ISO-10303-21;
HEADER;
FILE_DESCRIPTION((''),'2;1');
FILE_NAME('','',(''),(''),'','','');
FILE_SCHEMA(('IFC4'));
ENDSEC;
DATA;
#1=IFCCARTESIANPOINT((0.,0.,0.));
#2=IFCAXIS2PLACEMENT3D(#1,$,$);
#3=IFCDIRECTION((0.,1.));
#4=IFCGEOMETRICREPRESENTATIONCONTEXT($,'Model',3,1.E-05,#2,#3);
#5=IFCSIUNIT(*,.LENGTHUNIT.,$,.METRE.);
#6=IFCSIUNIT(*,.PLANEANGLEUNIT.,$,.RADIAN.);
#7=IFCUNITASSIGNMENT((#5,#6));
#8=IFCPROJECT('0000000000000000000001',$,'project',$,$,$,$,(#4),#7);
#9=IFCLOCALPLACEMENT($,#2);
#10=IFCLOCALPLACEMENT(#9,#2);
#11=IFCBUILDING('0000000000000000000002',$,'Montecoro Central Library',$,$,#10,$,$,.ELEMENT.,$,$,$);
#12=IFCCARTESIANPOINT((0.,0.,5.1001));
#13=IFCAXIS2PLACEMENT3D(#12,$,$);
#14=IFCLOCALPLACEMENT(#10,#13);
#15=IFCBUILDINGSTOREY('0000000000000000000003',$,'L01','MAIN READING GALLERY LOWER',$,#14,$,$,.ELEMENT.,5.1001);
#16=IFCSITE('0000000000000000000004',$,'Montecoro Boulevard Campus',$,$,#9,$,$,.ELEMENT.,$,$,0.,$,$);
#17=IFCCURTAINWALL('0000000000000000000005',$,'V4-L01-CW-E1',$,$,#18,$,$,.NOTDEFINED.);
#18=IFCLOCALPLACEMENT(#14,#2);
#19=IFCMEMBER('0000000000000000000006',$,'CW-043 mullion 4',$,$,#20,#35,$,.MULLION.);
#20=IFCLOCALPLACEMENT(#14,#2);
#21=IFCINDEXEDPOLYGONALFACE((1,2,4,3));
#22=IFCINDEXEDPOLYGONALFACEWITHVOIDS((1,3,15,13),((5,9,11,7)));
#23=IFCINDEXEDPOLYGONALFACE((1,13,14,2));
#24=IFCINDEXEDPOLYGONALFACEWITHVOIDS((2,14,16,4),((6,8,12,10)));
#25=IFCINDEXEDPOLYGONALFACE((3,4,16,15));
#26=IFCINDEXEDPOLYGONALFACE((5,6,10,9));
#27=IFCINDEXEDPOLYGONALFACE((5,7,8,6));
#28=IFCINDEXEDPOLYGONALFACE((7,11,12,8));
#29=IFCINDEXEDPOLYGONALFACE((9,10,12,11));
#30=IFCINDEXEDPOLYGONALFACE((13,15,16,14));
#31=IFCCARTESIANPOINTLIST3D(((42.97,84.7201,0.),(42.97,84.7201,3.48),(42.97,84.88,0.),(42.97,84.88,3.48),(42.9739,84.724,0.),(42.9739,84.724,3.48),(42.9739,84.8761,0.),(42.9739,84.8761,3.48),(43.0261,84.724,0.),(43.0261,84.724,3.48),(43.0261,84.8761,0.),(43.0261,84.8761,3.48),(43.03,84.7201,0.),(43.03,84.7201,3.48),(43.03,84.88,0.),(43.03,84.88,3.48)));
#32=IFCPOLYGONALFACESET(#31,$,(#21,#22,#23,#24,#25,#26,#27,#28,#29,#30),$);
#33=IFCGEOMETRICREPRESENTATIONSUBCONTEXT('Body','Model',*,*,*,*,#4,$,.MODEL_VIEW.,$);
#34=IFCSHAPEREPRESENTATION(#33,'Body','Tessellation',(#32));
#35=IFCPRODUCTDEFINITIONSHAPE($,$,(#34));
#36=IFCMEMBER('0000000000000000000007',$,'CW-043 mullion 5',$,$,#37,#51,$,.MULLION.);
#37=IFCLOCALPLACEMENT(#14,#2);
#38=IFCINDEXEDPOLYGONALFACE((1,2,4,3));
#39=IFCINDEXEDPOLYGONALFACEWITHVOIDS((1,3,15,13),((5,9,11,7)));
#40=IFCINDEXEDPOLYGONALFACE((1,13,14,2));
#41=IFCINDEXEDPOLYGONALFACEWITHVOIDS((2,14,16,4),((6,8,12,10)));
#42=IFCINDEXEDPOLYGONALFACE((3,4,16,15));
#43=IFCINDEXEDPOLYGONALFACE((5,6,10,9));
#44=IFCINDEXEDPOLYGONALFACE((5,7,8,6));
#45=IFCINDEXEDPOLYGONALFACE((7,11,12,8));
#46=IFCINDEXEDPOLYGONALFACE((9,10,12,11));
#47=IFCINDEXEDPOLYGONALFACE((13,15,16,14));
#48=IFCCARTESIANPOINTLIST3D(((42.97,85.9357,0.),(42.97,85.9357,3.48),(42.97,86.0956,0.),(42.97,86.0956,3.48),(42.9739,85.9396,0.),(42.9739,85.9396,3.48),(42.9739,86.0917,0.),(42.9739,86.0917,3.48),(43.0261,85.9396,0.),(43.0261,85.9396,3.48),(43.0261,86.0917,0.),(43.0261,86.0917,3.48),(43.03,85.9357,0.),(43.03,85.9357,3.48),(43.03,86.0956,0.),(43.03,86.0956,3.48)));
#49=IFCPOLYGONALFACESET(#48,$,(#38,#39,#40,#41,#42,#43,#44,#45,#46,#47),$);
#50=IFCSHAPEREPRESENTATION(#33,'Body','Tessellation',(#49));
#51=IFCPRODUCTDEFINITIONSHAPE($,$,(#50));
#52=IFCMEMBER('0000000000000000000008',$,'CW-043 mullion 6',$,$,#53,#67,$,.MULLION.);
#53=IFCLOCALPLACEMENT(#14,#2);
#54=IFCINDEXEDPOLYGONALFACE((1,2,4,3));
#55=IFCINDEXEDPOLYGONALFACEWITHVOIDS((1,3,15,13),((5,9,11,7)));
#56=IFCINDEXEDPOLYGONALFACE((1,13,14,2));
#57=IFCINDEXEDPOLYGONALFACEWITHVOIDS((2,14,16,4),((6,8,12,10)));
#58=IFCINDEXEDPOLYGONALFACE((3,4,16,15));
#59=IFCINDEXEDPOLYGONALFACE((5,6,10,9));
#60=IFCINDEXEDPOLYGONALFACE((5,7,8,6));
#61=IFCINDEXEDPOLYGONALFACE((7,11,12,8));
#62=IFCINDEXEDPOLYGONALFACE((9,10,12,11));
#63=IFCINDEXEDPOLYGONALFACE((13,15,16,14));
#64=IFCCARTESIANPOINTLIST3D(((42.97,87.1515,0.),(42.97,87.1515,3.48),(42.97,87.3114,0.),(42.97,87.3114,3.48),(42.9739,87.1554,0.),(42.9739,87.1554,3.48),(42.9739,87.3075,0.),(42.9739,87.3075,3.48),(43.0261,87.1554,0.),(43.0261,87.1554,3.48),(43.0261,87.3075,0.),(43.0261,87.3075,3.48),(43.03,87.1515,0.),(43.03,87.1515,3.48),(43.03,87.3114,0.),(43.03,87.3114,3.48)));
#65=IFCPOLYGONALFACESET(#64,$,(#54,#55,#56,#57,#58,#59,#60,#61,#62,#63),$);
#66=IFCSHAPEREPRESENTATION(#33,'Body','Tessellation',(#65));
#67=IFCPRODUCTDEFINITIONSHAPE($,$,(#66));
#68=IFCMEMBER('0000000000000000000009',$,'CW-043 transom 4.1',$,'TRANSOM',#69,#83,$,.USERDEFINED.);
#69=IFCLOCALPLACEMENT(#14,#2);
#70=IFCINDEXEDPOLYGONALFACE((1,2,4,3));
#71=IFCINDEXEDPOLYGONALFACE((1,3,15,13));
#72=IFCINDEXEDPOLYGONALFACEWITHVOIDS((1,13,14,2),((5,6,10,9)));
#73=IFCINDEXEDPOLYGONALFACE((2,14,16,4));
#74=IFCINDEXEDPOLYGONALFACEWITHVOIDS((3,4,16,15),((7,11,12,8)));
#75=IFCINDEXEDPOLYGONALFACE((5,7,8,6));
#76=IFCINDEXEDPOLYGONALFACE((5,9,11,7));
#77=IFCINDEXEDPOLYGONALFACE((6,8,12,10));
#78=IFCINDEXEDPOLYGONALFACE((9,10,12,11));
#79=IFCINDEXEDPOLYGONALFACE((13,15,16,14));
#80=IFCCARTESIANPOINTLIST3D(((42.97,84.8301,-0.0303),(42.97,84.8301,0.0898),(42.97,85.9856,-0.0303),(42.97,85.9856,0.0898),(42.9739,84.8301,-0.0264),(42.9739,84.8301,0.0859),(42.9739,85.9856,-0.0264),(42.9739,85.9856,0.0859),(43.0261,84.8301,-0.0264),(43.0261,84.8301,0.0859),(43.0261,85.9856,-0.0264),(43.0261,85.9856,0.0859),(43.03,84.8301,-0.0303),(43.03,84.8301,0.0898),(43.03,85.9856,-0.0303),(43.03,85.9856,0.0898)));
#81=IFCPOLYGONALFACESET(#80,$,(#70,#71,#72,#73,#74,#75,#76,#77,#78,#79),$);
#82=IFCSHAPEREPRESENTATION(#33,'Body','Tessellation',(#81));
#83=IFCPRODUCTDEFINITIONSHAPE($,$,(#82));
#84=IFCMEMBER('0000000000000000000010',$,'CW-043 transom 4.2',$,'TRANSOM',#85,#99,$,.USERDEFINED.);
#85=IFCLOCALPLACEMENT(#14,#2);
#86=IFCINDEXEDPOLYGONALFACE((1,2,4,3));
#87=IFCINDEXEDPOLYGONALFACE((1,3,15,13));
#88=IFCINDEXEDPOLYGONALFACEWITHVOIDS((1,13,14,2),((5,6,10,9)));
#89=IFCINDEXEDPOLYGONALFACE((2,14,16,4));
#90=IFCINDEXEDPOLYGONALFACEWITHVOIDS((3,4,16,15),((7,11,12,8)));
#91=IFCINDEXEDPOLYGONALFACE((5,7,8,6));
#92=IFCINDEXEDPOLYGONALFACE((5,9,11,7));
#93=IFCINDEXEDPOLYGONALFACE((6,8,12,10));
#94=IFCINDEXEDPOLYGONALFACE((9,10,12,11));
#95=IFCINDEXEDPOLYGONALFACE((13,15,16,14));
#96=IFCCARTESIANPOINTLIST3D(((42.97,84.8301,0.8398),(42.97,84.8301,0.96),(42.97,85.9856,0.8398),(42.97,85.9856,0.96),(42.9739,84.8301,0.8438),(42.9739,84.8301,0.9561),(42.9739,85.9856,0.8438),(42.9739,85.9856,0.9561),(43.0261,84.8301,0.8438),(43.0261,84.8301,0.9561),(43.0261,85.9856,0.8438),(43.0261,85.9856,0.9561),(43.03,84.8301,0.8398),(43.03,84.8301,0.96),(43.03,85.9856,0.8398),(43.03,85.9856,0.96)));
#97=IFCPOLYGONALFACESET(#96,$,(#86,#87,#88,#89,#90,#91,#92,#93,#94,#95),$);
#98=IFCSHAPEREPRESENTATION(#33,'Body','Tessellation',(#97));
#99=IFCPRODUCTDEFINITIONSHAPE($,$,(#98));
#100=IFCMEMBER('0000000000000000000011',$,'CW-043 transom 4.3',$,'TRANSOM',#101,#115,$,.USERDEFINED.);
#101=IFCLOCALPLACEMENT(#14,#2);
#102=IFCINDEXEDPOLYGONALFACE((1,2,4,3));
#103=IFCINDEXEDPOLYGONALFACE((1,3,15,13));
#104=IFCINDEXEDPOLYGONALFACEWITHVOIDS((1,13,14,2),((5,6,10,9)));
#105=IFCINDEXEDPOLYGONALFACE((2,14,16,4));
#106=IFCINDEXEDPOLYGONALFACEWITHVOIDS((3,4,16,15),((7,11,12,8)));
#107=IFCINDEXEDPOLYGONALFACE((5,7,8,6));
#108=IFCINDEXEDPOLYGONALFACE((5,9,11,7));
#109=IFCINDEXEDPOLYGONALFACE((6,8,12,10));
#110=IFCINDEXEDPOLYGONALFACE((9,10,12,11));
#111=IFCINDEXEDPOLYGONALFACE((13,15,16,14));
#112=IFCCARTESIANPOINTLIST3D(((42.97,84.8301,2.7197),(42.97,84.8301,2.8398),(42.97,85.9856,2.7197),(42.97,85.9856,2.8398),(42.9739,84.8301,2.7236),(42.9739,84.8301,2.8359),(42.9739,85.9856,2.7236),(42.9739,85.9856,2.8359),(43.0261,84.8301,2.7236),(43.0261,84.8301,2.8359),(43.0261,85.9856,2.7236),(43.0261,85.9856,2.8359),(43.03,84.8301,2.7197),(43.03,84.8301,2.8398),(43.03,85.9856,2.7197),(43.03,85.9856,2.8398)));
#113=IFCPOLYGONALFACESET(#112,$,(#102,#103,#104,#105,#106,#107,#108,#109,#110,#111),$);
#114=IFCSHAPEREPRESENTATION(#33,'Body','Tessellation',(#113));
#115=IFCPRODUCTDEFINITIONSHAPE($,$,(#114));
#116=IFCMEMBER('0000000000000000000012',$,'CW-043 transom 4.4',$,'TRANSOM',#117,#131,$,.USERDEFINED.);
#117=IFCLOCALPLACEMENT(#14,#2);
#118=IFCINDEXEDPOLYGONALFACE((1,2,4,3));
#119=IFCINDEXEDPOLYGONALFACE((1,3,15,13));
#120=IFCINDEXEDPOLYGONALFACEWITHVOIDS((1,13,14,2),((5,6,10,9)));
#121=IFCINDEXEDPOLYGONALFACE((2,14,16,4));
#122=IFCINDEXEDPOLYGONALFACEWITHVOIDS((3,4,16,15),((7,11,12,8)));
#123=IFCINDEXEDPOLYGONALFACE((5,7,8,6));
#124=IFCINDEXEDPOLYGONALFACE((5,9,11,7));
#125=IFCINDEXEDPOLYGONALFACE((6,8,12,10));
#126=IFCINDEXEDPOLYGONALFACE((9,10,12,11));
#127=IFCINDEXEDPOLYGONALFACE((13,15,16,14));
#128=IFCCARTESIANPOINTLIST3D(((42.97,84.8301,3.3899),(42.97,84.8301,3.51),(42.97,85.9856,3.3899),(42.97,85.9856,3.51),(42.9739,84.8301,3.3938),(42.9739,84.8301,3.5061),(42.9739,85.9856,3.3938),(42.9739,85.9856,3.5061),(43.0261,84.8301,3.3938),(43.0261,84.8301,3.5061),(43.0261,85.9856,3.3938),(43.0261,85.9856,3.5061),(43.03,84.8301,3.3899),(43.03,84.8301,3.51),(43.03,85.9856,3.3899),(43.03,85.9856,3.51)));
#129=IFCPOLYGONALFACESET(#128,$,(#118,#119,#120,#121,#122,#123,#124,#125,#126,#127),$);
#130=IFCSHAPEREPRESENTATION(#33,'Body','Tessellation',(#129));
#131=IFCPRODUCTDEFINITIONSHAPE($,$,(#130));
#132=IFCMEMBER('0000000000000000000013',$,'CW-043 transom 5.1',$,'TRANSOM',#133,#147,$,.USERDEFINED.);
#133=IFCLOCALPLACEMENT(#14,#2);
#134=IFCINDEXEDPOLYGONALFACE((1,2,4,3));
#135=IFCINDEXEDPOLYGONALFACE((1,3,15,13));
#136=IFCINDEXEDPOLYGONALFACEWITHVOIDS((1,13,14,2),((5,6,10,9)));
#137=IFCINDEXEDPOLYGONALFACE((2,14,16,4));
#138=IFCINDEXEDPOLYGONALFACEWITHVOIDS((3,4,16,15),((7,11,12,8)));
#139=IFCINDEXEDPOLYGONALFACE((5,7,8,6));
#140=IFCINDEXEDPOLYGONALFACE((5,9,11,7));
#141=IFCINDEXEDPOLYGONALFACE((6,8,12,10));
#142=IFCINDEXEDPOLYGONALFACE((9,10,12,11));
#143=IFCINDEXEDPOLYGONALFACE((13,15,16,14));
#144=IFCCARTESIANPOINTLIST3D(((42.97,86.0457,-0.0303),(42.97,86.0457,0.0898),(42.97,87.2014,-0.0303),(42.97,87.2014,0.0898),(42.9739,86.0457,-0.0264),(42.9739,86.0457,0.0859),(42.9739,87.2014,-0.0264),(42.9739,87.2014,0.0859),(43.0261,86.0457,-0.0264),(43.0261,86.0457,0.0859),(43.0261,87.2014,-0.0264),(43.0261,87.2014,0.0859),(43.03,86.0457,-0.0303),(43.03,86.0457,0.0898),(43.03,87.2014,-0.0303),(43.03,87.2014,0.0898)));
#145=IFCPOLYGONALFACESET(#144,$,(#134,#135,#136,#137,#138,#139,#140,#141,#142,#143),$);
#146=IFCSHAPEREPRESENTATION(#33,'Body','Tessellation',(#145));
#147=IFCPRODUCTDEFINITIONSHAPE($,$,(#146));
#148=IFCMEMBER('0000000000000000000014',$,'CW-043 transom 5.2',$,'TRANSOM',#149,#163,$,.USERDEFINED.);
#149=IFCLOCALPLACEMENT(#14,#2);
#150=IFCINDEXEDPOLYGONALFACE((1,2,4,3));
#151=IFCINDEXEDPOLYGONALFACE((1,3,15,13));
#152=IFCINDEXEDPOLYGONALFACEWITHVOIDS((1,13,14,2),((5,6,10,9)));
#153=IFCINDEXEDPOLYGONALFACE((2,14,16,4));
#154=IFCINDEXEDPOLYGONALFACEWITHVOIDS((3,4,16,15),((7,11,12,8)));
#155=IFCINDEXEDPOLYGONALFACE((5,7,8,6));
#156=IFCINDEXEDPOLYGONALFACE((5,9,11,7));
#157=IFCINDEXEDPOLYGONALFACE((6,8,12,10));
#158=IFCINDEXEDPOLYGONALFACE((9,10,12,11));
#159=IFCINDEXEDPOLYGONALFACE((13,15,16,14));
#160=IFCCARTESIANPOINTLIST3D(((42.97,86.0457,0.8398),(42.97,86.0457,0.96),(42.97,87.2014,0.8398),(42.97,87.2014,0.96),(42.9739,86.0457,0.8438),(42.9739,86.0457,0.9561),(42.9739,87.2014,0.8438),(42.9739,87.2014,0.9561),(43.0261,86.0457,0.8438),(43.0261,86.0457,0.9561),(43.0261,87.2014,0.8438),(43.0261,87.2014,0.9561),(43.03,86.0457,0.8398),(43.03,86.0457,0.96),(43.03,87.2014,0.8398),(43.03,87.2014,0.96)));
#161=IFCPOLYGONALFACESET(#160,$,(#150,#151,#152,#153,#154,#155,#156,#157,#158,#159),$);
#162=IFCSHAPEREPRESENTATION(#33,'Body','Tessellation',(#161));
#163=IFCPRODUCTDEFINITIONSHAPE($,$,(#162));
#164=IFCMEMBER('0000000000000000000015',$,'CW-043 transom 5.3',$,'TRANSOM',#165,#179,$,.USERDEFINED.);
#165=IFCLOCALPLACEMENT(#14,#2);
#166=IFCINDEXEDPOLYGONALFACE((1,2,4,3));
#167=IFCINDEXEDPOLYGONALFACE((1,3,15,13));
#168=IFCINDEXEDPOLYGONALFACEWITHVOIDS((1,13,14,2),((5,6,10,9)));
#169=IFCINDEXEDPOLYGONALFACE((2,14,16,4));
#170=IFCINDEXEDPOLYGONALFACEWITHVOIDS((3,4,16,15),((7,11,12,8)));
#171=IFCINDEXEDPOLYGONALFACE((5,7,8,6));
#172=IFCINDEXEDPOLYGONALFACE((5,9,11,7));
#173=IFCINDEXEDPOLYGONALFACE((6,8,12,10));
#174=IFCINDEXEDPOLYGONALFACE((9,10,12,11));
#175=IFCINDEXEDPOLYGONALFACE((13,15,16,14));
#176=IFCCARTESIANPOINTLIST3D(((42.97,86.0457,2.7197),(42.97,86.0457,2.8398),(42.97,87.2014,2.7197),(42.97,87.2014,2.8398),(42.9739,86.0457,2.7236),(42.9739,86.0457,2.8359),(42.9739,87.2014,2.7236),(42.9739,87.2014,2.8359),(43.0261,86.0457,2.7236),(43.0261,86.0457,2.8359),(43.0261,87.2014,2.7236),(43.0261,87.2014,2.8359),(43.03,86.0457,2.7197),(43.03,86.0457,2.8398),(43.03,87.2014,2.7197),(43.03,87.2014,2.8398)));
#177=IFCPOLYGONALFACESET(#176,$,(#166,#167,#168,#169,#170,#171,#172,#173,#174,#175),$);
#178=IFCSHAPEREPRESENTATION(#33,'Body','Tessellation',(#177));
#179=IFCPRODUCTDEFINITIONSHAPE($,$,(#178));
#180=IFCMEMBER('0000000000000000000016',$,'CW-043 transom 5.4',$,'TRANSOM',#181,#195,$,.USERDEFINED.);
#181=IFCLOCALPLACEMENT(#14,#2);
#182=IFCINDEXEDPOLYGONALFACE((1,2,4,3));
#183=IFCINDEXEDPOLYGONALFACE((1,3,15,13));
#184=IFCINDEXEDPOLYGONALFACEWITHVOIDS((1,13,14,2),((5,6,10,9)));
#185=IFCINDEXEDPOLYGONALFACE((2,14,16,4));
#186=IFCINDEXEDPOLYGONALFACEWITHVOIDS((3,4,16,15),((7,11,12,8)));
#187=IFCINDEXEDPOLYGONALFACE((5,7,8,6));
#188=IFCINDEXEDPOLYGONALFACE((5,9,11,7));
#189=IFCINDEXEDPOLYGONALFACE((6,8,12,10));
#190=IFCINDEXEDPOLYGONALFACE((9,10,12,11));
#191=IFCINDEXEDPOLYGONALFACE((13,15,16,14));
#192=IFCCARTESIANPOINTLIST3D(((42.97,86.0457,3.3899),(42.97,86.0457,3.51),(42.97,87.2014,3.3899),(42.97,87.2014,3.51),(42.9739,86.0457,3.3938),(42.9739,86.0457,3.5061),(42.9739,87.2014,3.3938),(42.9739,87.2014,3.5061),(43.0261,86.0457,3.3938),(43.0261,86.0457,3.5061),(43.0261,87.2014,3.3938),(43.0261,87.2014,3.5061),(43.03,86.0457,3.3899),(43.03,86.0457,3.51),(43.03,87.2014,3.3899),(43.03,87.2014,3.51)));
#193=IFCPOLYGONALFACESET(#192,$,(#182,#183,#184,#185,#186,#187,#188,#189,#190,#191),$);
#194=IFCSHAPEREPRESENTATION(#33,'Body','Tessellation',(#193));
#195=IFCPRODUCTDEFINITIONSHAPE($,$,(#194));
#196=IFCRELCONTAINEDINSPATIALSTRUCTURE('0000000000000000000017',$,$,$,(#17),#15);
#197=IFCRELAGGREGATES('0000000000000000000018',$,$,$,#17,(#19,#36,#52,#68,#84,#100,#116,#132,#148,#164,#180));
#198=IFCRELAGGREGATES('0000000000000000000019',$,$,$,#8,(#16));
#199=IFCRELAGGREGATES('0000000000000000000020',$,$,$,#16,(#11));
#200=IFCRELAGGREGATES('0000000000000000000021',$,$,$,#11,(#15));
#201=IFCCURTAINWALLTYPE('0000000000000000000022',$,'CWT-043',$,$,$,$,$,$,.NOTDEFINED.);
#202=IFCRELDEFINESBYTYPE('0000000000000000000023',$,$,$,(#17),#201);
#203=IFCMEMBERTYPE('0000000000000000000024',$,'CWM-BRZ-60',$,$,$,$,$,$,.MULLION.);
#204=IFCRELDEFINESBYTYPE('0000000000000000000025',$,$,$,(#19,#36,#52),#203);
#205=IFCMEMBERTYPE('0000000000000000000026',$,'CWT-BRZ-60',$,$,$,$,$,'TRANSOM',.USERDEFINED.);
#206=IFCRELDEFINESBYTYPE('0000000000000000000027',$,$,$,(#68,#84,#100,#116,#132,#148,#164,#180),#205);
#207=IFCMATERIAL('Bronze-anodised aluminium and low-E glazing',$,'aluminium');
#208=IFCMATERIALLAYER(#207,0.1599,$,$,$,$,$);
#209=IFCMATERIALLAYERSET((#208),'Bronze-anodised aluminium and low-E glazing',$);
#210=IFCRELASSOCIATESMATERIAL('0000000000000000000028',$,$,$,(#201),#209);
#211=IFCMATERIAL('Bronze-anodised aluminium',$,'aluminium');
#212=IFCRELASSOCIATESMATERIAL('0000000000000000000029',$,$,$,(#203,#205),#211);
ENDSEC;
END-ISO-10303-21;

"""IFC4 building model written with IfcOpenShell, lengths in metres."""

from ifc_helpers import new_model, si_unit, direction, frame, origin, origin_2d, place, context, subcontext, project, spatial, hollow_rectangle, extrude, material, layer, layer_set, material_profile, profile_set, type_object, element, aggregate, save


model = new_model("IFC4")

# Units and contexts
model_context = context("Model", 3, precision=1e-05, world=origin(), true_north=direction((0.0, 1.0)))
body_context = subcontext(model_context, "Body", "Model", "MODEL_VIEW")
ifc_project = project(units=[si_unit("LENGTHUNIT", "METRE"), si_unit("PLANEANGLEUNIT", "RADIAN")], contexts=[model_context])

# Site, building, storey
site_placement = place(None, origin())
site = spatial("IfcSite", under=ifc_project, at=site_placement, Name="Montecoro Boulevard Campus", CompositionType="ELEMENT", RefElevation=0.0)
building_placement = place(site_placement, origin())
building = spatial("IfcBuilding", under=site, at=building_placement, Name="Montecoro Central Library", CompositionType="ELEMENT")
storey_placement = place(building_placement, frame((0.0, 0.0, 5.1001)))
storey = spatial("IfcBuildingStorey", under=building, at=storey_placement, Name="L01", Description="MAIN READING GALLERY LOWER", CompositionType="ELEMENT", Elevation=5.1001)

# Curtain wall, members
ifc_material_1 = material(Name="Bronze-anodised aluminium and low-E glazing", Category="aluminium")
ifc_layer_1 = layer(ifc_material_1, 0.1599)
ifc_layer_set_1 = layer_set([ifc_layer_1], Name="Bronze-anodised aluminium and low-E glazing")
curtain_wall_type = type_object("IfcCurtainWallType", Name="CWT-043", PredefinedType="NOTDEFINED", material=ifc_layer_set_1)
curtain_wall_placement = place(storey_placement, origin())
curtain_wall = element("IfcCurtainWall", 1, at=curtain_wall_placement, inside=storey, type_object=curtain_wall_type, Name="V4-L01-CW-E1", PredefinedType="NOTDEFINED")
ifc_material_2 = material(Name="Bronze-anodised aluminium", Category="aluminium")
ifc_material_profile_1 = material_profile(ifc_material_2, hollow_rectangle(XDim=0.0601, YDim=0.1599, WallThickness=0.0039, at=origin_2d()), Name="CWM 160x60x4.0")
ifc_profile_set_1 = profile_set([ifc_material_profile_1], Name="Bronze-anodised aluminium")
member_type_1 = type_object("IfcMemberType", Name="CWM-BRZ-60", PredefinedType="MULLION", material=ifc_profile_set_1)
member_1_placement = place(storey_placement, frame((43.0, 84.8, 0.0), z_axis=(0.0, 0.0, 1.0), x_axis=(-1.0, 0.0, 0.0)))
member_1 = element("IfcMember", 2, at=member_1_placement, type_object=member_type_1, Name="CW-043 mullion 4", PredefinedType="MULLION", context=body_context, shape_type="SweptSolid", body=[
    extrude(hollow_rectangle(XDim=0.0601, YDim=0.1599, WallThickness=0.0039, at=origin_2d()), origin(), (0.0, 0.0, 1.0), 3.48),
])
member_2_placement = place(storey_placement, frame((43.0, 86.0156, 0.0), z_axis=(0.0, 0.0, 1.0), x_axis=(-1.0, 0.0, 0.0)))
member_2 = element("IfcMember", 3, at=member_2_placement, type_object=member_type_1, Name="CW-043 mullion 5", PredefinedType="MULLION", context=body_context, shape_type="SweptSolid", body=[
    extrude(hollow_rectangle(XDim=0.0601, YDim=0.1599, WallThickness=0.0039, at=origin_2d()), origin(), (0.0, 0.0, 1.0), 3.48),
])
member_3_placement = place(storey_placement, frame((43.0, 87.2314, 0.0), z_axis=(0.0, 0.0, 1.0), x_axis=(-1.0, 0.0, 0.0)))
member_3 = element("IfcMember", 4, at=member_3_placement, type_object=member_type_1, Name="CW-043 mullion 6", PredefinedType="MULLION", context=body_context, shape_type="SweptSolid", body=[
    extrude(hollow_rectangle(XDim=0.0601, YDim=0.1599, WallThickness=0.0039, at=origin_2d()), origin(), (0.0, 0.0, 1.0), 3.48),
])
ifc_material_profile_2 = material_profile(ifc_material_2, hollow_rectangle(XDim=0.0601, YDim=0.1201, WallThickness=0.0039, at=origin_2d()), Name="CWT 120x60x4.0")
ifc_profile_set_2 = profile_set([ifc_material_profile_2], Name="Bronze-anodised aluminium")
member_type_2 = type_object("IfcMemberType", Name="CWT-BRZ-60", ElementType="TRANSOM", PredefinedType="USERDEFINED", material=ifc_profile_set_2)
member_4_placement = place(storey_placement, frame((43.0, 84.8301, 0.0298), z_axis=(0.0, 1.0, 0.0), x_axis=(-1.0, 0.0, 0.0)))
member_4 = element("IfcMember", 5, at=member_4_placement, type_object=member_type_2, Name="CW-043 transom 4.1", ObjectType="TRANSOM", PredefinedType="USERDEFINED", context=body_context, shape_type="SweptSolid", body=[
    extrude(hollow_rectangle(XDim=0.0601, YDim=0.1201, WallThickness=0.0039, at=origin_2d()), origin(), (0.0, 0.0, 1.0), 1.1555),
])
member_5_placement = place(storey_placement, frame((43.0, 84.8301, 0.8999), z_axis=(0.0, 1.0, 0.0), x_axis=(-1.0, 0.0, 0.0)))
member_5 = element("IfcMember", 6, at=member_5_placement, type_object=member_type_2, Name="CW-043 transom 4.2", ObjectType="TRANSOM", PredefinedType="USERDEFINED", context=body_context, shape_type="SweptSolid", body=[
    extrude(hollow_rectangle(XDim=0.0601, YDim=0.1201, WallThickness=0.0039, at=origin_2d()), origin(), (0.0, 0.0, 1.0), 1.1555),
])
member_6_placement = place(storey_placement, frame((43.0, 84.8301, 2.7798), z_axis=(0.0, 1.0, 0.0), x_axis=(-1.0, 0.0, 0.0)))
member_6 = element("IfcMember", 7, at=member_6_placement, type_object=member_type_2, Name="CW-043 transom 4.3", ObjectType="TRANSOM", PredefinedType="USERDEFINED", context=body_context, shape_type="SweptSolid", body=[
    extrude(hollow_rectangle(XDim=0.0601, YDim=0.1201, WallThickness=0.0039, at=origin_2d()), origin(), (0.0, 0.0, 1.0), 1.1555),
])
member_7_placement = place(storey_placement, frame((43.0, 84.8301, 3.45), z_axis=(0.0, 1.0, 0.0), x_axis=(-1.0, 0.0, 0.0)))
member_7 = element("IfcMember", 8, at=member_7_placement, type_object=member_type_2, Name="CW-043 transom 4.4", ObjectType="TRANSOM", PredefinedType="USERDEFINED", context=body_context, shape_type="SweptSolid", body=[
    extrude(hollow_rectangle(XDim=0.0601, YDim=0.1201, WallThickness=0.0039, at=origin_2d()), origin(), (0.0, 0.0, 1.0), 1.1555),
])
member_8_placement = place(storey_placement, frame((43.0, 86.0457, 0.0298), z_axis=(0.0, 1.0, 0.0), x_axis=(-1.0, 0.0, 0.0)))
member_8 = element("IfcMember", 9, at=member_8_placement, type_object=member_type_2, Name="CW-043 transom 5.1", ObjectType="TRANSOM", PredefinedType="USERDEFINED", context=body_context, shape_type="SweptSolid", body=[
    extrude(hollow_rectangle(XDim=0.0601, YDim=0.1201, WallThickness=0.0039, at=origin_2d()), origin(), (0.0, 0.0, 1.0), 1.1558),
])
member_9_placement = place(storey_placement, frame((43.0, 86.0457, 0.8999), z_axis=(0.0, 1.0, 0.0), x_axis=(-1.0, 0.0, 0.0)))
member_9 = element("IfcMember", 10, at=member_9_placement, type_object=member_type_2, Name="CW-043 transom 5.2", ObjectType="TRANSOM", PredefinedType="USERDEFINED", context=body_context, shape_type="SweptSolid", body=[
    extrude(hollow_rectangle(XDim=0.0601, YDim=0.1201, WallThickness=0.0039, at=origin_2d()), origin(), (0.0, 0.0, 1.0), 1.1558),
])
member_10_placement = place(storey_placement, frame((43.0, 86.0457, 2.7798), z_axis=(0.0, 1.0, 0.0), x_axis=(-1.0, 0.0, 0.0)))
member_10 = element("IfcMember", 11, at=member_10_placement, type_object=member_type_2, Name="CW-043 transom 5.3", ObjectType="TRANSOM", PredefinedType="USERDEFINED", context=body_context, shape_type="SweptSolid", body=[
    extrude(hollow_rectangle(XDim=0.0601, YDim=0.1201, WallThickness=0.0039, at=origin_2d()), origin(), (0.0, 0.0, 1.0), 1.1558),
])
member_11_placement = place(storey_placement, frame((43.0, 86.0457, 3.45), z_axis=(0.0, 1.0, 0.0), x_axis=(-1.0, 0.0, 0.0)))
member_11 = element("IfcMember", 12, at=member_11_placement, type_object=member_type_2, Name="CW-043 transom 5.4", ObjectType="TRANSOM", PredefinedType="USERDEFINED", context=body_context, shape_type="SweptSolid", body=[
    extrude(hollow_rectangle(XDim=0.0601, YDim=0.1201, WallThickness=0.0039, at=origin_2d()), origin(), (0.0, 0.0, 1.0), 1.1558),
])
aggregate(curtain_wall, [member_1, member_2, member_3, member_4, member_5, member_6, member_7, member_8, member_9, member_10, member_11])

save(model, "model.ifc")
